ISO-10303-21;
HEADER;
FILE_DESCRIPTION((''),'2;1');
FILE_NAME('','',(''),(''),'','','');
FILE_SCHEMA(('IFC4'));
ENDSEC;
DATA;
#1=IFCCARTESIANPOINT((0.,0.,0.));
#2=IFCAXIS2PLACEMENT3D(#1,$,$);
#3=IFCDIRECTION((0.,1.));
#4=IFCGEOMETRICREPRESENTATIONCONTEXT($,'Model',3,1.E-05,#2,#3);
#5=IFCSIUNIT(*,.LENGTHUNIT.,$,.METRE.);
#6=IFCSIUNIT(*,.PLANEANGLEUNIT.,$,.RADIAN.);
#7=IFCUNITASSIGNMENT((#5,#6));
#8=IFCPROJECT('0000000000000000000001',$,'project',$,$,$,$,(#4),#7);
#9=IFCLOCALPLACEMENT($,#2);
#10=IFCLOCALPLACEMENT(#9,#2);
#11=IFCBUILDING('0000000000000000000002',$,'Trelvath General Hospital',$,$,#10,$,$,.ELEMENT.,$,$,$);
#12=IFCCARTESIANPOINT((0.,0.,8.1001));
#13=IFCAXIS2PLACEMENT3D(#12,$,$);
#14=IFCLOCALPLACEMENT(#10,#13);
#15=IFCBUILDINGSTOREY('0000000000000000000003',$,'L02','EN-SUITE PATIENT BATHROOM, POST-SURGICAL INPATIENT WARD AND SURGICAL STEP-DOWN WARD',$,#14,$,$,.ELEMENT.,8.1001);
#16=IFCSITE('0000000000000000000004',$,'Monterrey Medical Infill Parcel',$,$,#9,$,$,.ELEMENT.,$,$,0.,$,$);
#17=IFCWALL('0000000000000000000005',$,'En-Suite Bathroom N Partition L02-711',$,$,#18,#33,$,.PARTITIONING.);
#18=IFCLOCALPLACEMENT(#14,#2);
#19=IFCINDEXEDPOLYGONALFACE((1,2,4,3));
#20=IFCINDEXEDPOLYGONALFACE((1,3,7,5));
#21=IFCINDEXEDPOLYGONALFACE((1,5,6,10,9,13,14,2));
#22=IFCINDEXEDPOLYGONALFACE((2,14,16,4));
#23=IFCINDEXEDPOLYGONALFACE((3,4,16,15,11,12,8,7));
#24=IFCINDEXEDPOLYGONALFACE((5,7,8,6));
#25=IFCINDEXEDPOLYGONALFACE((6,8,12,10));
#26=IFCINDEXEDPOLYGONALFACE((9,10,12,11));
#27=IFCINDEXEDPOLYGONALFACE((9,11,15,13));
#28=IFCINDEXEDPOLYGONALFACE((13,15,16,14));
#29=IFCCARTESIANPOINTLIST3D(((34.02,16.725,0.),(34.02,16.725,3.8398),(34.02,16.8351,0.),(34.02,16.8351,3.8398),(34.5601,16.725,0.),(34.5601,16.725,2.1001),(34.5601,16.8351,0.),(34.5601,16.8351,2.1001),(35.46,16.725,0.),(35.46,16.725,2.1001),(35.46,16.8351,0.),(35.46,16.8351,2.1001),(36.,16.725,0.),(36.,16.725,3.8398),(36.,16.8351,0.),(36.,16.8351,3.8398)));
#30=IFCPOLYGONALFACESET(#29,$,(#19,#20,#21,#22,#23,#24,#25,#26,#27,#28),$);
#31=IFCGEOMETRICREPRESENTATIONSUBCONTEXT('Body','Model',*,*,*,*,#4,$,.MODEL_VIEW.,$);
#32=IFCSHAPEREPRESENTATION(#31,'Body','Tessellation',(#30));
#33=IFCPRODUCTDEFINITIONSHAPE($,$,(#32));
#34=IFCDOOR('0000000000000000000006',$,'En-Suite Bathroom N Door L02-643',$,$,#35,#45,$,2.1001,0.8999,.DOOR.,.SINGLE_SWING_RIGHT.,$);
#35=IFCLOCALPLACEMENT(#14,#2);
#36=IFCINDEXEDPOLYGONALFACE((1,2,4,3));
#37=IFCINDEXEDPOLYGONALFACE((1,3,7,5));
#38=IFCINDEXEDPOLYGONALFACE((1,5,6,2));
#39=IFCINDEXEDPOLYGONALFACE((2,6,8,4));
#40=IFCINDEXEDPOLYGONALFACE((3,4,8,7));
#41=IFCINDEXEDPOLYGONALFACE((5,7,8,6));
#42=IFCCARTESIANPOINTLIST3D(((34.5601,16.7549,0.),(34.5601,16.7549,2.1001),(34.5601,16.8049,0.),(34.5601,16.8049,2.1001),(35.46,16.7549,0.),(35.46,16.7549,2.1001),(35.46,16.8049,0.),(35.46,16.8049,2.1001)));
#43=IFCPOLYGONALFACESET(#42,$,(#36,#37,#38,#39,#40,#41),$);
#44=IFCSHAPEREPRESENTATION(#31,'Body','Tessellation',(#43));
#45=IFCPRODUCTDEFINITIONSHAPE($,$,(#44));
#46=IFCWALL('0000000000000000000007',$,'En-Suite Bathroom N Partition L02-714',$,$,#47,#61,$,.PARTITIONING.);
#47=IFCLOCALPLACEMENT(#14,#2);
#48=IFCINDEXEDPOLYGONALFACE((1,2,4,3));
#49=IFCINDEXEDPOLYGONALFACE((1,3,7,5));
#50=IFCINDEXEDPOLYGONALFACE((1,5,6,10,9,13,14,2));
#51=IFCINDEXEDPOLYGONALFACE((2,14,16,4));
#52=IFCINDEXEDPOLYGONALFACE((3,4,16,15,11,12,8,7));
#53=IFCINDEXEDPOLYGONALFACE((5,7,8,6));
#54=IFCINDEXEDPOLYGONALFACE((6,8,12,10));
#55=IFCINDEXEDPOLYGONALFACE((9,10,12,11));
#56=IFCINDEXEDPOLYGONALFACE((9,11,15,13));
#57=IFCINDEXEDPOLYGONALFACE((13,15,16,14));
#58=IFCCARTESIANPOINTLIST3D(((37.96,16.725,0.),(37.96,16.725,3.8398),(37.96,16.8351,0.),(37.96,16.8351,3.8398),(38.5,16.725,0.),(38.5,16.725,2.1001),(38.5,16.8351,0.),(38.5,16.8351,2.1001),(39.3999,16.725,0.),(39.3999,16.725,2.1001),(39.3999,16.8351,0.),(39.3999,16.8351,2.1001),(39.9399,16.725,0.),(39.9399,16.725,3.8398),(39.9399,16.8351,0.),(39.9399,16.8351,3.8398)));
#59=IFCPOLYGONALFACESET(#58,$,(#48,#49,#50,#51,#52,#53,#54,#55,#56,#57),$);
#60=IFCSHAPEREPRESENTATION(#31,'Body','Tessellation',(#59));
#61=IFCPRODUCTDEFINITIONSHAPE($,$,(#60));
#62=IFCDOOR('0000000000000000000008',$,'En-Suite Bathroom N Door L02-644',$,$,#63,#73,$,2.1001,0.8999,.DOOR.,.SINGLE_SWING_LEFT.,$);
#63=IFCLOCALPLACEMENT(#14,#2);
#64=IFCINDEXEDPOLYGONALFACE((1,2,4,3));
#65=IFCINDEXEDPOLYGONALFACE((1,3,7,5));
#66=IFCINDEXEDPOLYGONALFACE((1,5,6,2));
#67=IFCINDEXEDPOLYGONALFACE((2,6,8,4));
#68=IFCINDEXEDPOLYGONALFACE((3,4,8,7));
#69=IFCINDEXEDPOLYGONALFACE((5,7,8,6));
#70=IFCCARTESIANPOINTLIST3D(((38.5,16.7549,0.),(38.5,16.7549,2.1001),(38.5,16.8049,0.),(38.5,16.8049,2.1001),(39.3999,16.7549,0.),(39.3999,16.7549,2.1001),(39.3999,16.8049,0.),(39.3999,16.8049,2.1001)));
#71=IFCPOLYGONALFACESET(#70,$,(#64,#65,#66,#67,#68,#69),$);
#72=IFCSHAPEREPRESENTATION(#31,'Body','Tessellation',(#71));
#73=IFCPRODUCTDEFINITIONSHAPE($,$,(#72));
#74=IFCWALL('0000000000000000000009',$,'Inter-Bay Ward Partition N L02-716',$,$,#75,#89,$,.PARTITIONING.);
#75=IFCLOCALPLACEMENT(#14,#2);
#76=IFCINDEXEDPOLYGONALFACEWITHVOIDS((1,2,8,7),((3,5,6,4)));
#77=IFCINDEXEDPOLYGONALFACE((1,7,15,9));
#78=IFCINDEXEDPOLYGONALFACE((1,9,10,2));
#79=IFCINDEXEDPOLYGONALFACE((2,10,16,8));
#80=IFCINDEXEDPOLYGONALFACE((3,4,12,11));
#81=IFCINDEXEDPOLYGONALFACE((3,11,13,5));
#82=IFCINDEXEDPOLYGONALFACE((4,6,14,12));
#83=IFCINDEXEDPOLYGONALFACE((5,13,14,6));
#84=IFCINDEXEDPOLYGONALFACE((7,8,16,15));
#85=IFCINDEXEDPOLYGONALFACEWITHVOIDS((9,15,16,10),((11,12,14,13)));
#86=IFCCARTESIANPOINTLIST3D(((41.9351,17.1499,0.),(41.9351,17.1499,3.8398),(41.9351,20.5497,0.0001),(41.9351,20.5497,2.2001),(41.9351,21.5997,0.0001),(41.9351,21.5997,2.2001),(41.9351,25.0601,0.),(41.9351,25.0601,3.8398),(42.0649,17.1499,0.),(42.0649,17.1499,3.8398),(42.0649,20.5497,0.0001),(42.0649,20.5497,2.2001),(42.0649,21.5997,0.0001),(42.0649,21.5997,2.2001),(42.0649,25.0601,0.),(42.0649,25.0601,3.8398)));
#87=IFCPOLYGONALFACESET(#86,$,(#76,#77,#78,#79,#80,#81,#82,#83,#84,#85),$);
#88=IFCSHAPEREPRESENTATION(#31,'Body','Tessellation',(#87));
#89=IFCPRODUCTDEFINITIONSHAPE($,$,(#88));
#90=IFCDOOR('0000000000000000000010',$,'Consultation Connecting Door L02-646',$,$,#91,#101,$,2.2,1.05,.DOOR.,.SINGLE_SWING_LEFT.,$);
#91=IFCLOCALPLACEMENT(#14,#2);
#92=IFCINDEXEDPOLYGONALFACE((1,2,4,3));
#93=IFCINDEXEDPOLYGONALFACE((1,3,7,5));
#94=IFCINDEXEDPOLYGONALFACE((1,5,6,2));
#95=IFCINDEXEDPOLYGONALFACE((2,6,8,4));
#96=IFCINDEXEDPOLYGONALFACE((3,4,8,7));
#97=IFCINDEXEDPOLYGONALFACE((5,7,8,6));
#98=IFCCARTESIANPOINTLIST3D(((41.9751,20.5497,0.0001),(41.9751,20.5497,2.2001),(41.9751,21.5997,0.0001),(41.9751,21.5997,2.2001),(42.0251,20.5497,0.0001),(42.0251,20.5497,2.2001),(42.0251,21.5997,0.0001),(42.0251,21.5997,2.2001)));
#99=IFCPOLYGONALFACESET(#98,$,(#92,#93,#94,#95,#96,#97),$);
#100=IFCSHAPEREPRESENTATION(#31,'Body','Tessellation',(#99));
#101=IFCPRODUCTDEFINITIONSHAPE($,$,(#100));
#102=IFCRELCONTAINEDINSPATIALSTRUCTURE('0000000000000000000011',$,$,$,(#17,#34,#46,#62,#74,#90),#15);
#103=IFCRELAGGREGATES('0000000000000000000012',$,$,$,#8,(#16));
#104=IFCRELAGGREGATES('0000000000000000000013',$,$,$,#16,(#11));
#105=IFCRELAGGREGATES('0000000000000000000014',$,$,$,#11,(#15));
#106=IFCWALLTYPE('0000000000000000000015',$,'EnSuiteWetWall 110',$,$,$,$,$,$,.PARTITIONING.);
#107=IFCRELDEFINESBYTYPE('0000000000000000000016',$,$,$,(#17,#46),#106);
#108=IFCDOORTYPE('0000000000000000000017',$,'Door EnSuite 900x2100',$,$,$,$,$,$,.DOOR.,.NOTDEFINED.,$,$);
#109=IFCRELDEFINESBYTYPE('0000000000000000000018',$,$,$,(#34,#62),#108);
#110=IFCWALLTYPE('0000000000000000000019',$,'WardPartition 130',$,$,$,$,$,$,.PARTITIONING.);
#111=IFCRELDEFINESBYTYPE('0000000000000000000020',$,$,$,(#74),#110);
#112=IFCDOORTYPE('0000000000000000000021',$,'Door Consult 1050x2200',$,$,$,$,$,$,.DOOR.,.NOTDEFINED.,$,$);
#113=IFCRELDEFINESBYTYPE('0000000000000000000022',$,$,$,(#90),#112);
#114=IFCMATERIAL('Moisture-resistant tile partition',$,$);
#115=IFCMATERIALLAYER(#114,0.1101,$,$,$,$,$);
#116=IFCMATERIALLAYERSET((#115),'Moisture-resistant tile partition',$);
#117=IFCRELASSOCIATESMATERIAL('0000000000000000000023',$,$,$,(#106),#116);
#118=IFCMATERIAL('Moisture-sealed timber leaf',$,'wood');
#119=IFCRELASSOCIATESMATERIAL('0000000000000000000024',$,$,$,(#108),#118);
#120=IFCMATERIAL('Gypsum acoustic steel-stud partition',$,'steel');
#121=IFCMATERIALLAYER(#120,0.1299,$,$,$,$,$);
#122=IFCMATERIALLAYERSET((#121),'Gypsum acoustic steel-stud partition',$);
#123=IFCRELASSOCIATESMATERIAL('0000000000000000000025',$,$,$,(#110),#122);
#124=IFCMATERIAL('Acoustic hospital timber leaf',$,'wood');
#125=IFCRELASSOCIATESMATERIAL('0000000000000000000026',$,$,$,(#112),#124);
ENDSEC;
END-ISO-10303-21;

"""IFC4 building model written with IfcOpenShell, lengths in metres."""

from ifc_helpers import new_model, si_unit, direction, frame, frame_2d, origin, place, context, subcontext, project, spatial, rectangle, extrude, material, layer, layer_set, type_object, element, fill, save


model = new_model("IFC4")

# Units and contexts
model_context = context("Model", 3, precision=1e-05, world=origin(), true_north=direction((0.0, 1.0)))
body_context = subcontext(model_context, "Body", "Model", "MODEL_VIEW")
ifc_project = project(units=[si_unit("LENGTHUNIT", "METRE"), si_unit("PLANEANGLEUNIT", "RADIAN")], contexts=[model_context])

# Site, building, storey
site_placement = place(None, origin())
site = spatial("IfcSite", under=ifc_project, at=site_placement, Name="Monterrey Medical Infill Parcel", CompositionType="ELEMENT", RefElevation=0.0)
building_placement = place(site_placement, origin())
building = spatial("IfcBuilding", under=site, at=building_placement, Name="Trelvath General Hospital", CompositionType="ELEMENT")
storey_placement = place(building_placement, frame((0.0, 0.0, 8.1001)))
storey = spatial("IfcBuildingStorey", under=building, at=storey_placement, Name="L02", Description="EN-SUITE PATIENT BATHROOM, POST-SURGICAL INPATIENT WARD AND SURGICAL STEP-DOWN WARD", CompositionType="ELEMENT", Elevation=8.1001)

# Walls, openings, doors
ifc_material_1 = material(Name="Moisture-resistant tile partition")
ifc_layer_1 = layer(ifc_material_1, 0.1101)
ifc_layer_set_1 = layer_set([ifc_layer_1], Name="Moisture-resistant tile partition")
wall_type_1 = type_object("IfcWallType", Name="EnSuiteWetWall 110", PredefinedType="PARTITIONING", material=ifc_layer_set_1)
wall_1_placement = place(storey_placement, frame((34.02, 16.78, 0.0), z_axis=(0.0, 0.0, 1.0), x_axis=(1.0, 0.0, 0.0)))
wall_1 = element("IfcWall", 1, at=wall_1_placement, inside=storey, type_object=wall_type_1, Name="En-Suite Bathroom N Partition L02-711", PredefinedType="PARTITIONING", context=body_context, shape_type="SweptSolid", body=[
    extrude(rectangle(XDim=1.98, YDim=0.1101, at=frame_2d((0.99, 0.0))), origin(), (0.0, 0.0, 1.0), 3.8398),
])
opening_1_placement = place(wall_1_placement, frame((0.54, 0.0, 0.0)))
opening_1 = element("IfcOpeningElement", 2, at=opening_1_placement, cuts=wall_1, PredefinedType="OPENING", context=body_context, shape_type="SweptSolid", body=[
    extrude(rectangle(XDim=0.8999, YDim=2.1001, at=frame_2d((0.45, 1.05))), frame((0.0, 0.0649, 0.0), z_axis=(0.0, -1.0, 0.0), x_axis=(1.0, 0.0, 0.0)), (0.0, 0.0, 1.0), 0.1301),
])
ifc_material_2 = material(Name="Moisture-sealed timber leaf", Category="wood")
door_type_1 = type_object("IfcDoorType", Name="Door EnSuite 900x2100", OperationType="NOTDEFINED", PredefinedType="DOOR", material=ifc_material_2)
door_1_placement = place(opening_1_placement, origin())
door_1 = element("IfcDoor", 3, at=door_1_placement, inside=storey, type_object=door_type_1, Name="En-Suite Bathroom N Door L02-643", OperationType="SINGLE_SWING_RIGHT", OverallHeight=2.1001, OverallWidth=0.8999, PredefinedType="DOOR", context=body_context, shape_type="SweptSolid", body=[
    extrude(rectangle(XDim=0.8999, YDim=2.1001, at=frame_2d((0.45, 1.05))), frame((0.0, 0.0249, 0.0), z_axis=(0.0, -1.0, 0.0), x_axis=(1.0, 0.0, 0.0)), (0.0, 0.0, 1.0), 0.05),
])
fill(opening_1, door_1)
wall_2_placement = place(storey_placement, frame((37.96, 16.78, 0.0), z_axis=(0.0, 0.0, 1.0), x_axis=(1.0, 0.0, 0.0)))
wall_2 = element("IfcWall", 4, at=wall_2_placement, inside=storey, type_object=wall_type_1, Name="En-Suite Bathroom N Partition L02-714", PredefinedType="PARTITIONING", context=body_context, shape_type="SweptSolid", body=[
    extrude(rectangle(XDim=1.98, YDim=0.1101, at=frame_2d((0.99, 0.0))), origin(), (0.0, 0.0, 1.0), 3.8398),
])
opening_2_placement = place(wall_2_placement, frame((0.54, 0.0, 0.0)))
opening_2 = element("IfcOpeningElement", 5, at=opening_2_placement, cuts=wall_2, PredefinedType="OPENING", context=body_context, shape_type="SweptSolid", body=[
    extrude(rectangle(XDim=0.8999, YDim=2.1001, at=frame_2d((0.45, 1.05))), frame((0.0, 0.0649, 0.0), z_axis=(0.0, -1.0, 0.0), x_axis=(1.0, 0.0, 0.0)), (0.0, 0.0, 1.0), 0.1301),
])
door_2_placement = place(opening_2_placement, origin())
door_2 = element("IfcDoor", 6, at=door_2_placement, inside=storey, type_object=door_type_1, Name="En-Suite Bathroom N Door L02-644", OperationType="SINGLE_SWING_LEFT", OverallHeight=2.1001, OverallWidth=0.8999, PredefinedType="DOOR", context=body_context, shape_type="SweptSolid", body=[
    extrude(rectangle(XDim=0.8999, YDim=2.1001, at=frame_2d((0.45, 1.05))), frame((0.0, 0.0249, 0.0), z_axis=(0.0, -1.0, 0.0), x_axis=(1.0, 0.0, 0.0)), (0.0, 0.0, 1.0), 0.05),
])
fill(opening_2, door_2)
ifc_material_3 = material(Name="Gypsum acoustic steel-stud partition", Category="steel")
ifc_layer_2 = layer(ifc_material_3, 0.1299)
ifc_layer_set_2 = layer_set([ifc_layer_2], Name="Gypsum acoustic steel-stud partition")
wall_type_2 = type_object("IfcWallType", Name="WardPartition 130", PredefinedType="PARTITIONING", material=ifc_layer_set_2)
wall_3_placement = place(storey_placement, frame((42.0, 17.1499, 0.0), z_axis=(0.0, 0.0, 1.0), x_axis=(0.0, 1.0, 0.0)))
wall_3 = element("IfcWall", 7, at=wall_3_placement, inside=storey, type_object=wall_type_2, Name="Inter-Bay Ward Partition N L02-716", PredefinedType="PARTITIONING", context=body_context, shape_type="SweptSolid", body=[
    extrude(rectangle(XDim=7.9102, YDim=0.1299, at=frame_2d((3.9551, 0.0))), origin(), (0.0, 0.0, 1.0), 3.8398),
])
opening_3_placement = place(wall_3_placement, frame((3.3999, 0.0, 0.0)))
opening_3 = element("IfcOpeningElement", 8, at=opening_3_placement, cuts=wall_3, PredefinedType="OPENING", context=body_context, shape_type="SweptSolid", body=[
    extrude(rectangle(XDim=1.05, YDim=2.2, at=frame_2d((0.5249, 1.1001))), frame((0.0, 0.075, 0.0), z_axis=(0.0, -1.0, 0.0), x_axis=(1.0, 0.0, 0.0)), (0.0, 0.0, 1.0), 0.1499),
])
ifc_material_4 = material(Name="Acoustic hospital timber leaf", Category="wood")
door_type_2 = type_object("IfcDoorType", Name="Door Consult 1050x2200", OperationType="NOTDEFINED", PredefinedType="DOOR", material=ifc_material_4)
door_3_placement = place(opening_3_placement, origin())
door_3 = element("IfcDoor", 9, at=door_3_placement, inside=storey, type_object=door_type_2, Name="Consultation Connecting Door L02-646", OperationType="SINGLE_SWING_LEFT", OverallHeight=2.2, OverallWidth=1.05, PredefinedType="DOOR", context=body_context, shape_type="SweptSolid", body=[
    extrude(rectangle(XDim=1.05, YDim=2.2, at=frame_2d((0.5249, 1.1001))), frame((0.0, 0.0249, 0.0), z_axis=(0.0, -1.0, 0.0), x_axis=(1.0, 0.0, 0.0)), (0.0, 0.0, 1.0), 0.05),
])
fill(opening_3, door_3)

save(model, "model.ifc")
